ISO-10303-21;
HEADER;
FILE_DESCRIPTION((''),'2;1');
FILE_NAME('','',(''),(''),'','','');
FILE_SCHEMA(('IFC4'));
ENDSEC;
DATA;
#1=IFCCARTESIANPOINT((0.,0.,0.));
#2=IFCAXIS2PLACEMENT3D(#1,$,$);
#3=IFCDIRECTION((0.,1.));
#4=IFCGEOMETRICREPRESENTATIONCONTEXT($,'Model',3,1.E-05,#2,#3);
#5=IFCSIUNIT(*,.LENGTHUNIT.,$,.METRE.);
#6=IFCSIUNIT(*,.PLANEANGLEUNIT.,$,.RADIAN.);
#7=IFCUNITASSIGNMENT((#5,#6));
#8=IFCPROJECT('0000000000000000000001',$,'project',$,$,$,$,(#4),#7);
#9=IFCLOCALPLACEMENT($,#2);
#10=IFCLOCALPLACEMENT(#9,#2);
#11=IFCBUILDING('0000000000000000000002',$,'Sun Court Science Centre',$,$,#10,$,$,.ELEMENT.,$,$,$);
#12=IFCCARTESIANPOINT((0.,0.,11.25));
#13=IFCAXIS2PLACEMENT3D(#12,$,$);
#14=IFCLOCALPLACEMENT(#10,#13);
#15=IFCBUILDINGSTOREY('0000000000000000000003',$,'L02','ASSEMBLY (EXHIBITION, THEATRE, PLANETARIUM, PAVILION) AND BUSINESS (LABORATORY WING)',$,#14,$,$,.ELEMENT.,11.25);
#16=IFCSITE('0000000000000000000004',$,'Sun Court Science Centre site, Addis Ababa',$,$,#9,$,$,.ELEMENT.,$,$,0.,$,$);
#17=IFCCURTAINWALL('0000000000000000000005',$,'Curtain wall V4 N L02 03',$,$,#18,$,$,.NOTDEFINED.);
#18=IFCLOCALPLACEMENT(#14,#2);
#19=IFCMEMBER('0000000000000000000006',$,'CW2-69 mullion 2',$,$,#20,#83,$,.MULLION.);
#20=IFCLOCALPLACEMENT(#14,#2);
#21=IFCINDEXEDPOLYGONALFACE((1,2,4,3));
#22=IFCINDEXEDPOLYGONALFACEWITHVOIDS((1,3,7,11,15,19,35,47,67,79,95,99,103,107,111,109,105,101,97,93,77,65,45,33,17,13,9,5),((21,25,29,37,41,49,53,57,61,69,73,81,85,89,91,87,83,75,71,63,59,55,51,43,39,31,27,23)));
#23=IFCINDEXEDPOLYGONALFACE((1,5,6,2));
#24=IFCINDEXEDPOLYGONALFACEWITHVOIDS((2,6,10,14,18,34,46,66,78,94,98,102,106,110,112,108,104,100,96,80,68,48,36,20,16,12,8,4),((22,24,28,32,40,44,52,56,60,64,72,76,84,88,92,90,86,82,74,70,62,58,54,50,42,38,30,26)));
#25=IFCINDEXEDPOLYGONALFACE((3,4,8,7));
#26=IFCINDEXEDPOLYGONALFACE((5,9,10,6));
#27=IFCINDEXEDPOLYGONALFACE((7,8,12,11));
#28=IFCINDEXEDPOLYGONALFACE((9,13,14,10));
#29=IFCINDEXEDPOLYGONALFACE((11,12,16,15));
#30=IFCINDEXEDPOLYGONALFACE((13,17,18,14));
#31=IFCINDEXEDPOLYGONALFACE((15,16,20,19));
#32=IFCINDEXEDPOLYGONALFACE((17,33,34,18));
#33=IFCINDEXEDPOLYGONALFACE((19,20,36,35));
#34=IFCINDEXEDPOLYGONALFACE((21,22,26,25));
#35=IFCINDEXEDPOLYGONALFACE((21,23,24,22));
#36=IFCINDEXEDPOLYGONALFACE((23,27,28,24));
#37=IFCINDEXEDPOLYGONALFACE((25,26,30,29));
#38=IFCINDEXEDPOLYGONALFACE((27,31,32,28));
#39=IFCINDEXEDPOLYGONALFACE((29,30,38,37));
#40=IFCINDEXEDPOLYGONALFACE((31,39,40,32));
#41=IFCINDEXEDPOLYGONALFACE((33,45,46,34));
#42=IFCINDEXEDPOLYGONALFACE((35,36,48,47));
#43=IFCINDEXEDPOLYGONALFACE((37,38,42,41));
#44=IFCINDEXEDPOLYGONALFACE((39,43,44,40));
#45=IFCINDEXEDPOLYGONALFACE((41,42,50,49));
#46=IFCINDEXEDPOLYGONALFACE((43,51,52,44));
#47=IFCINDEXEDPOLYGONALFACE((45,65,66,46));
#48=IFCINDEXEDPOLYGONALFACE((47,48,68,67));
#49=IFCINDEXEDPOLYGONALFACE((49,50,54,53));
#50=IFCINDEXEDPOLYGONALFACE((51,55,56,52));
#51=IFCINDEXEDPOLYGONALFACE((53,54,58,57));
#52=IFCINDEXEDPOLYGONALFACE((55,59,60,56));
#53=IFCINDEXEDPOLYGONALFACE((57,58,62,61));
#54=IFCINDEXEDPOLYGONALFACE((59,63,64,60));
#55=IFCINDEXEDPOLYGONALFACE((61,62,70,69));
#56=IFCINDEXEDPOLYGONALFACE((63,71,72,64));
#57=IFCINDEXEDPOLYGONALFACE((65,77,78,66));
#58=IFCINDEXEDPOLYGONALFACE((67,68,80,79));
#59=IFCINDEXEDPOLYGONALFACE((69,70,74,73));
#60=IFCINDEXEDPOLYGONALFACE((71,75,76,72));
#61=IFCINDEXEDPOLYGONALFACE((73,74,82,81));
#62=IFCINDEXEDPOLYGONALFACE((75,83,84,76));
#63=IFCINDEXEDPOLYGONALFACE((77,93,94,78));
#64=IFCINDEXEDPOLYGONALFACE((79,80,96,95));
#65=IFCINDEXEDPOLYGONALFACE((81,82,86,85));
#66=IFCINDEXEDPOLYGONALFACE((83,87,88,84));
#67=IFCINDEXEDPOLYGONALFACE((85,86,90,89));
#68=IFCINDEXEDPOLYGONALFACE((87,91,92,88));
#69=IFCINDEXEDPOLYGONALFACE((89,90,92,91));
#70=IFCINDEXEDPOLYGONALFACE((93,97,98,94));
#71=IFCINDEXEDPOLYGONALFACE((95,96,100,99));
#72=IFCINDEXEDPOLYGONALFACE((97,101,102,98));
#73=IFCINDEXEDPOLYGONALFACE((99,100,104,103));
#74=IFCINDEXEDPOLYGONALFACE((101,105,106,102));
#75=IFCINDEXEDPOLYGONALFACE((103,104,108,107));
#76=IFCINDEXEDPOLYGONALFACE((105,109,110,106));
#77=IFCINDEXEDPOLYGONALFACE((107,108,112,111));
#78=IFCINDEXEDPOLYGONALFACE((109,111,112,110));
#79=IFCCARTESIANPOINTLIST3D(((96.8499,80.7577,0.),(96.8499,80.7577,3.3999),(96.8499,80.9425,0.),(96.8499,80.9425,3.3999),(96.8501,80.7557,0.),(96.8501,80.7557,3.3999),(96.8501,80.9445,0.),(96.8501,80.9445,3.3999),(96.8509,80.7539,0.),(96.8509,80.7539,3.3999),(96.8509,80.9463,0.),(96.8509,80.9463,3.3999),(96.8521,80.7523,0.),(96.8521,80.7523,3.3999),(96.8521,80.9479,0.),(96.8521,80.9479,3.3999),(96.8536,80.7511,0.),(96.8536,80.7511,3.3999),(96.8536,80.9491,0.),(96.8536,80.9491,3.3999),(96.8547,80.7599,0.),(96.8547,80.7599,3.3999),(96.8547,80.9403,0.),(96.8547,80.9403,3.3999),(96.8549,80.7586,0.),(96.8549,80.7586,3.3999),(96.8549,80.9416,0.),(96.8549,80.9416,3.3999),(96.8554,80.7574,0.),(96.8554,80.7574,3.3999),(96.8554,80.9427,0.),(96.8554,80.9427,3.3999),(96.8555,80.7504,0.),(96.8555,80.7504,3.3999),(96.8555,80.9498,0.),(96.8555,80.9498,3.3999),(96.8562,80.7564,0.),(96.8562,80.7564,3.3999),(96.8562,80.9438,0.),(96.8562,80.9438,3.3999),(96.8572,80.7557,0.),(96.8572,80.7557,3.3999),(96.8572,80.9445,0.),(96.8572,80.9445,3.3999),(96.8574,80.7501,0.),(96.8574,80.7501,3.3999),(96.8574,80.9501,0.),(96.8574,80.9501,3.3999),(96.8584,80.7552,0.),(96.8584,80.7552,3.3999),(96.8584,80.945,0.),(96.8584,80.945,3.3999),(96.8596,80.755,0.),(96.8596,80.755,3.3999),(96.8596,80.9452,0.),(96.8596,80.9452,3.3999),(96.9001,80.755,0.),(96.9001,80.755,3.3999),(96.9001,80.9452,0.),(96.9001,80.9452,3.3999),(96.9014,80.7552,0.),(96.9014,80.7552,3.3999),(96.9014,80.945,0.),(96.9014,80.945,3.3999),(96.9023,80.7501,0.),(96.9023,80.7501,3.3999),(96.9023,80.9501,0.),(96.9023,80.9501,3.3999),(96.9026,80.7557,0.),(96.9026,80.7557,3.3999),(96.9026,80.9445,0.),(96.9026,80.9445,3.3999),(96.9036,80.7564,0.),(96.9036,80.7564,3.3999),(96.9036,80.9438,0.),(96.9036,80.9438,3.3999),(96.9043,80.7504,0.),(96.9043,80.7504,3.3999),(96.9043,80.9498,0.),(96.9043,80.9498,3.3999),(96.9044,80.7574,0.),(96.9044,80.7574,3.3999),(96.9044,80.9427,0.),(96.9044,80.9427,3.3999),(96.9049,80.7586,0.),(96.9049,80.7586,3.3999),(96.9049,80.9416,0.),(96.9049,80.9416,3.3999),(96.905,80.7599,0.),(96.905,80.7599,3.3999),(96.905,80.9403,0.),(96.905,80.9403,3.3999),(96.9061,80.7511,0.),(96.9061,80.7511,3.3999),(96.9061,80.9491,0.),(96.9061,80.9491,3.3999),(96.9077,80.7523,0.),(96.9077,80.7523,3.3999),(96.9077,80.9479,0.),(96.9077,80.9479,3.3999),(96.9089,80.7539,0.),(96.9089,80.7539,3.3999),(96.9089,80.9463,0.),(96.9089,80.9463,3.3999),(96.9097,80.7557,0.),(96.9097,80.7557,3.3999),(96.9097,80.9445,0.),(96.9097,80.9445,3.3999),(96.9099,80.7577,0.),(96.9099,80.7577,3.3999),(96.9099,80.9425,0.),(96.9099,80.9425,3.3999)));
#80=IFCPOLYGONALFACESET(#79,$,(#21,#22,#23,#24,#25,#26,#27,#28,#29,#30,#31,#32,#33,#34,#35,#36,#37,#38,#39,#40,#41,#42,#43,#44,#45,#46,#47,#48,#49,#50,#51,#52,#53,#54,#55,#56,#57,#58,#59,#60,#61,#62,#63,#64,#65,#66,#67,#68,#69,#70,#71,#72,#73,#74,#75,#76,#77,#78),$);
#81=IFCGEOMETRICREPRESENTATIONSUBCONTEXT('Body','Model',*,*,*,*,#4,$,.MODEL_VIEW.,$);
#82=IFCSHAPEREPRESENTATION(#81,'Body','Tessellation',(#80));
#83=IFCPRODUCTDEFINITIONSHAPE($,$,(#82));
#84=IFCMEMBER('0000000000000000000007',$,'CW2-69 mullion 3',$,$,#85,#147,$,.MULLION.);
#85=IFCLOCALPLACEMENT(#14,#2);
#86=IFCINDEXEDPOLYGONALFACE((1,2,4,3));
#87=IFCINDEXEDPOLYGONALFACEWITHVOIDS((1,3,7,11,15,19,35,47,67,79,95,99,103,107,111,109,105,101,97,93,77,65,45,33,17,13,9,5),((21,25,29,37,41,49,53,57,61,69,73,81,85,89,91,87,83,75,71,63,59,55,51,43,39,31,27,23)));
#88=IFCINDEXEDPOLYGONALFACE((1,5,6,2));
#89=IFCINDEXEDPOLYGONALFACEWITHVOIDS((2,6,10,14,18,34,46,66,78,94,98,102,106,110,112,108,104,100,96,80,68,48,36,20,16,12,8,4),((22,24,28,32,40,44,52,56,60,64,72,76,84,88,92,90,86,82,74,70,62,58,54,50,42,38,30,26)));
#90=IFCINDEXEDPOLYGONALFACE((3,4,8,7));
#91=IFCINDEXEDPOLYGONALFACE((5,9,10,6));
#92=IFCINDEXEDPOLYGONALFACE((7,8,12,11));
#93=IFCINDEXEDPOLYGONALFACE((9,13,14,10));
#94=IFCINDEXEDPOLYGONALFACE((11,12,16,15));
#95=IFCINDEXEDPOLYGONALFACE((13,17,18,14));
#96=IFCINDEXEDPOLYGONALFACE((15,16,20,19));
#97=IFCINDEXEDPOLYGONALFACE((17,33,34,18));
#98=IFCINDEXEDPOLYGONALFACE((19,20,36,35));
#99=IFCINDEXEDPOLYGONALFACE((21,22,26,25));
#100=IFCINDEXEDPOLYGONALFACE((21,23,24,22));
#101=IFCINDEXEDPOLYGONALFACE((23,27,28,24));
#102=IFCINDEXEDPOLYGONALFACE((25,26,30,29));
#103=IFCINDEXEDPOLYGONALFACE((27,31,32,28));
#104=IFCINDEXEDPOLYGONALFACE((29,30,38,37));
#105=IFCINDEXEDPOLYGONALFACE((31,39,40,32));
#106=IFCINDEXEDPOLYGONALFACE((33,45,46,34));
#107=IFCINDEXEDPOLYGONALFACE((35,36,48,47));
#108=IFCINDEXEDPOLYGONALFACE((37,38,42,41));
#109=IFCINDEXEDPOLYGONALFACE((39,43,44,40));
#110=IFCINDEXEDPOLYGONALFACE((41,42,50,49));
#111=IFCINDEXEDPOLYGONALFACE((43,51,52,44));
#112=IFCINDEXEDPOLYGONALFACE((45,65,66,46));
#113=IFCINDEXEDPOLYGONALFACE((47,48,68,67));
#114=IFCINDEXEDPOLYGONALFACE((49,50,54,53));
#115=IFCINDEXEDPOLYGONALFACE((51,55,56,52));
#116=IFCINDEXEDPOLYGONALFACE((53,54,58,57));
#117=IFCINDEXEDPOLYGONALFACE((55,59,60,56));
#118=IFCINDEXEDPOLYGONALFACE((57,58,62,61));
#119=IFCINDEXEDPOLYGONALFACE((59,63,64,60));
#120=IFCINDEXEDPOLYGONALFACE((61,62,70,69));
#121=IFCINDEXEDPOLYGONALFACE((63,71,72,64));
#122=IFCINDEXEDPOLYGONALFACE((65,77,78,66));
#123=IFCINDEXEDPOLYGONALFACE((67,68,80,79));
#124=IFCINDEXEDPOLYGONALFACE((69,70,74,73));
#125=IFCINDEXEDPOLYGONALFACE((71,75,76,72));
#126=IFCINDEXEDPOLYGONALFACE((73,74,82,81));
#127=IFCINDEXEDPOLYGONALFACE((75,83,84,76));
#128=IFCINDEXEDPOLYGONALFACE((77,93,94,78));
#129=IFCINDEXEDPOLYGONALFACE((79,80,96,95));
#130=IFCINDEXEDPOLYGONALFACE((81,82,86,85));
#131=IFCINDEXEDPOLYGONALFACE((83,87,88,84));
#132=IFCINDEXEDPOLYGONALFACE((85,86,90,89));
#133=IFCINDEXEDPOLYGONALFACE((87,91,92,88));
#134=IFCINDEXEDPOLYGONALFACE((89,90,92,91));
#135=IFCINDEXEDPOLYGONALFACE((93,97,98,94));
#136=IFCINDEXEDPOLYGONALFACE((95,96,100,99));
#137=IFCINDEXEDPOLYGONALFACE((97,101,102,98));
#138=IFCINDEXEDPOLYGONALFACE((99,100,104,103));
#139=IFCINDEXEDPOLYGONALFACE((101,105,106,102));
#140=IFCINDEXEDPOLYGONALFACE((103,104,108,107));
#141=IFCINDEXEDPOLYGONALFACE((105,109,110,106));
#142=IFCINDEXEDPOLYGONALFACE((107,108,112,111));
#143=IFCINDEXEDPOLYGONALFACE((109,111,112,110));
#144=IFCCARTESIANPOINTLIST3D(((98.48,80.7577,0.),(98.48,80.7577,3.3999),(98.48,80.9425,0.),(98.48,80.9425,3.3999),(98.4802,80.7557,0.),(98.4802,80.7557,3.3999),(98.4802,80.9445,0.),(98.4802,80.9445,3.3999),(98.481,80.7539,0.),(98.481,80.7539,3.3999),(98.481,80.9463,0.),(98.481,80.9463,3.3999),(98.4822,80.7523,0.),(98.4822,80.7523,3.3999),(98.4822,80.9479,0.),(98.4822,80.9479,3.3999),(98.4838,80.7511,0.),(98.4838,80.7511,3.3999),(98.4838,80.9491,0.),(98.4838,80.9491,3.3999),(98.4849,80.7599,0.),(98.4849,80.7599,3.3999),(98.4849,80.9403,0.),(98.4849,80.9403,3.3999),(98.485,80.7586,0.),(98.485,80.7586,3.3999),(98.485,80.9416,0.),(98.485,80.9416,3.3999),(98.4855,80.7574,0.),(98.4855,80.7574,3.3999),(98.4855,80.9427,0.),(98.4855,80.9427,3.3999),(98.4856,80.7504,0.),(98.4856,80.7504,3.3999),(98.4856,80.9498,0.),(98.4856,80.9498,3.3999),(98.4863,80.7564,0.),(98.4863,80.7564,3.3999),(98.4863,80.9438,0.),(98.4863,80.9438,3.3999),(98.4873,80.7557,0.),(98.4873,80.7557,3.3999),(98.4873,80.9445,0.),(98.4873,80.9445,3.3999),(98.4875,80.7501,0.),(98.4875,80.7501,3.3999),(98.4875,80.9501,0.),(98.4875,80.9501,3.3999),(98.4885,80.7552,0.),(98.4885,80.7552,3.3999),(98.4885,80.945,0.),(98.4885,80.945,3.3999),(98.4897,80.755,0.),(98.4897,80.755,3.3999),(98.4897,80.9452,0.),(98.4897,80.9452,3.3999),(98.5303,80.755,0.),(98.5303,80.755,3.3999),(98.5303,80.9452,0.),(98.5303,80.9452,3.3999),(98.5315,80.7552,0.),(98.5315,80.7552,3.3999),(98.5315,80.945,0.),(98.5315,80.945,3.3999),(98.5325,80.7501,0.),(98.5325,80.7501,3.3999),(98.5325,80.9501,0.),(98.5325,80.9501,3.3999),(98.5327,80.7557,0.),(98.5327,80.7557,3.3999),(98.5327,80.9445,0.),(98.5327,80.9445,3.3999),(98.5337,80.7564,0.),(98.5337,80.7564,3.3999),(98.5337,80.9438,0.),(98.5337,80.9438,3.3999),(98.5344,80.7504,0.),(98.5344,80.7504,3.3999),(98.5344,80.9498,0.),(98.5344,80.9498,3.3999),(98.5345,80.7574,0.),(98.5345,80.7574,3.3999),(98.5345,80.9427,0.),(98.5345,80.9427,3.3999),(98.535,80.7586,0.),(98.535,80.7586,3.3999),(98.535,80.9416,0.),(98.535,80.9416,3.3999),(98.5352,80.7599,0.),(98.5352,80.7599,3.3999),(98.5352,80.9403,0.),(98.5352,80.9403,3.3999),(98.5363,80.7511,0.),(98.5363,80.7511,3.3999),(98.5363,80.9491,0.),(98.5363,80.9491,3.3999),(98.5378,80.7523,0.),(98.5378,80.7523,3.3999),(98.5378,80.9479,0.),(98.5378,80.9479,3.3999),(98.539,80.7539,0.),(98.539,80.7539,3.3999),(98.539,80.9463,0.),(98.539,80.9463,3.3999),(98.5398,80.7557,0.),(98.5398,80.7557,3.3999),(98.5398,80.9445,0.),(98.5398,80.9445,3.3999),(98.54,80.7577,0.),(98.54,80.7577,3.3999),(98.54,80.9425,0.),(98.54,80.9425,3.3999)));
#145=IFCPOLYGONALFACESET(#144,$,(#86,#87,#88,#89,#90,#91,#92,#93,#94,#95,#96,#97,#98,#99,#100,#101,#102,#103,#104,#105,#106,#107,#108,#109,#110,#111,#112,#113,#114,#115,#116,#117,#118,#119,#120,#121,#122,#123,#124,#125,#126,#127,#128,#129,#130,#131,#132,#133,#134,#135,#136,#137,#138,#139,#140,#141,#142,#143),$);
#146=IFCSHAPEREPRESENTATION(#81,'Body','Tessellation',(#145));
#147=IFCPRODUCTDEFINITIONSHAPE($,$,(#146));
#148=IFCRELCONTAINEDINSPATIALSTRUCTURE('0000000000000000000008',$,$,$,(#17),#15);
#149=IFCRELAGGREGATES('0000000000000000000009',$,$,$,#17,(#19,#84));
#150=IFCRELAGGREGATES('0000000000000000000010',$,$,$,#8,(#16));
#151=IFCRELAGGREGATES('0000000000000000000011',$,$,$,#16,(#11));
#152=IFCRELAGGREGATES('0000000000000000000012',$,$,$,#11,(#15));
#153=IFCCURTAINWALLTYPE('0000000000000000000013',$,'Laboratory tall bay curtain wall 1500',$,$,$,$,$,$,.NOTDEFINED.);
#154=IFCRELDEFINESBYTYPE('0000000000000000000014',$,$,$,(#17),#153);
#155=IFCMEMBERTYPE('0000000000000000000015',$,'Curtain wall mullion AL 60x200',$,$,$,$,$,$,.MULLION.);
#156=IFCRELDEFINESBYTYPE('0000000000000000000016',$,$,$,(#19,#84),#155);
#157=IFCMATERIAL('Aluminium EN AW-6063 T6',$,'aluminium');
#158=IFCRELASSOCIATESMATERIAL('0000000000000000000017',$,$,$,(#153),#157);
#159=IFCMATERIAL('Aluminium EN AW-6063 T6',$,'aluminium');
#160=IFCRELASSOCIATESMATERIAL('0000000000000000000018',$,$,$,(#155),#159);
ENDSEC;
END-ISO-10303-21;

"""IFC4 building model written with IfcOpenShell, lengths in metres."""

from ifc_helpers import new_model, si_unit, direction, frame, origin, origin_2d, place, context, subcontext, project, spatial, hollow_rectangle, extrude, material, material_profile, profile_set, type_object, element, aggregate, save


model = new_model("IFC4")

# Units and contexts
model_context = context("Model", 3, precision=1e-05, world=origin(), true_north=direction((0.0, 1.0)))
body_context = subcontext(model_context, "Body", "Model", "MODEL_VIEW")
ifc_project = project(units=[si_unit("LENGTHUNIT", "METRE"), si_unit("PLANEANGLEUNIT", "RADIAN")], contexts=[model_context])

# Site, building, storey
site_placement = place(None, origin())
site = spatial("IfcSite", under=ifc_project, at=site_placement, Name="Sun Court Science Centre site, Addis Ababa", CompositionType="ELEMENT", RefElevation=0.0)
building_placement = place(site_placement, origin())
building = spatial("IfcBuilding", under=site, at=building_placement, Name="Sun Court Science Centre", CompositionType="ELEMENT")
storey_placement = place(building_placement, frame((0.0, 0.0, 11.25)))
storey = spatial("IfcBuildingStorey", under=building, at=storey_placement, Name="L02", Description="ASSEMBLY (EXHIBITION, THEATRE, PLANETARIUM, PAVILION) AND BUSINESS (LABORATORY WING)", CompositionType="ELEMENT", Elevation=11.25)

# Curtain wall, members
ifc_material_1 = material(Name="Aluminium EN AW-6063 T6", Category="aluminium")
curtain_wall_type = type_object("IfcCurtainWallType", Name="Laboratory tall bay curtain wall 1500", PredefinedType="NOTDEFINED", material=ifc_material_1)
curtain_wall_placement = place(storey_placement, origin())
curtain_wall = element("IfcCurtainWall", 1, at=curtain_wall_placement, inside=storey, type_object=curtain_wall_type, Name="Curtain wall V4 N L02 03", PredefinedType="NOTDEFINED")
ifc_material_2 = material(Name="Aluminium EN AW-6063 T6", Category="aluminium")
ifc_material_profile_1 = material_profile(ifc_material_2, hollow_rectangle(XDim=0.0601, YDim=0.2, WallThickness=0.0049, InnerFilletRadius=0.0049, OuterFilletRadius=0.0076, at=origin_2d()), Name="AL 60x200x5")
ifc_profile_set_1 = profile_set([ifc_material_profile_1], Name="Aluminium EN AW-6063 T6")
member_type_1 = type_object("IfcMemberType", Name="Curtain wall mullion AL 60x200", PredefinedType="MULLION", material=ifc_profile_set_1)
member_1_placement = place(storey_placement, frame((96.8799, 80.8501, 0.0), z_axis=(0.0, 0.0, 1.0), x_axis=(1.0, 0.0, 0.0)))
member_1 = element("IfcMember", 2, at=member_1_placement, type_object=member_type_1, Name="CW2-69 mullion 2", PredefinedType="MULLION", context=body_context, shape_type="SweptSolid", body=[
    extrude(hollow_rectangle(XDim=0.0601, YDim=0.2, WallThickness=0.0049, InnerFilletRadius=0.0049, OuterFilletRadius=0.0076, at=origin_2d()), origin(), (0.0, 0.0, 1.0), 3.3999),
])
member_2_placement = place(storey_placement, frame((98.51, 80.8501, 0.0), z_axis=(0.0, 0.0, 1.0), x_axis=(1.0, 0.0, 0.0)))
member_2 = element("IfcMember", 3, at=member_2_placement, type_object=member_type_1, Name="CW2-69 mullion 3", PredefinedType="MULLION", context=body_context, shape_type="SweptSolid", body=[
    extrude(hollow_rectangle(XDim=0.0601, YDim=0.2, WallThickness=0.0049, InnerFilletRadius=0.0049, OuterFilletRadius=0.0076, at=origin_2d()), origin(), (0.0, 0.0, 1.0), 3.3999),
])
aggregate(curtain_wall, [member_1, member_2])

save(model, "model.ifc")
